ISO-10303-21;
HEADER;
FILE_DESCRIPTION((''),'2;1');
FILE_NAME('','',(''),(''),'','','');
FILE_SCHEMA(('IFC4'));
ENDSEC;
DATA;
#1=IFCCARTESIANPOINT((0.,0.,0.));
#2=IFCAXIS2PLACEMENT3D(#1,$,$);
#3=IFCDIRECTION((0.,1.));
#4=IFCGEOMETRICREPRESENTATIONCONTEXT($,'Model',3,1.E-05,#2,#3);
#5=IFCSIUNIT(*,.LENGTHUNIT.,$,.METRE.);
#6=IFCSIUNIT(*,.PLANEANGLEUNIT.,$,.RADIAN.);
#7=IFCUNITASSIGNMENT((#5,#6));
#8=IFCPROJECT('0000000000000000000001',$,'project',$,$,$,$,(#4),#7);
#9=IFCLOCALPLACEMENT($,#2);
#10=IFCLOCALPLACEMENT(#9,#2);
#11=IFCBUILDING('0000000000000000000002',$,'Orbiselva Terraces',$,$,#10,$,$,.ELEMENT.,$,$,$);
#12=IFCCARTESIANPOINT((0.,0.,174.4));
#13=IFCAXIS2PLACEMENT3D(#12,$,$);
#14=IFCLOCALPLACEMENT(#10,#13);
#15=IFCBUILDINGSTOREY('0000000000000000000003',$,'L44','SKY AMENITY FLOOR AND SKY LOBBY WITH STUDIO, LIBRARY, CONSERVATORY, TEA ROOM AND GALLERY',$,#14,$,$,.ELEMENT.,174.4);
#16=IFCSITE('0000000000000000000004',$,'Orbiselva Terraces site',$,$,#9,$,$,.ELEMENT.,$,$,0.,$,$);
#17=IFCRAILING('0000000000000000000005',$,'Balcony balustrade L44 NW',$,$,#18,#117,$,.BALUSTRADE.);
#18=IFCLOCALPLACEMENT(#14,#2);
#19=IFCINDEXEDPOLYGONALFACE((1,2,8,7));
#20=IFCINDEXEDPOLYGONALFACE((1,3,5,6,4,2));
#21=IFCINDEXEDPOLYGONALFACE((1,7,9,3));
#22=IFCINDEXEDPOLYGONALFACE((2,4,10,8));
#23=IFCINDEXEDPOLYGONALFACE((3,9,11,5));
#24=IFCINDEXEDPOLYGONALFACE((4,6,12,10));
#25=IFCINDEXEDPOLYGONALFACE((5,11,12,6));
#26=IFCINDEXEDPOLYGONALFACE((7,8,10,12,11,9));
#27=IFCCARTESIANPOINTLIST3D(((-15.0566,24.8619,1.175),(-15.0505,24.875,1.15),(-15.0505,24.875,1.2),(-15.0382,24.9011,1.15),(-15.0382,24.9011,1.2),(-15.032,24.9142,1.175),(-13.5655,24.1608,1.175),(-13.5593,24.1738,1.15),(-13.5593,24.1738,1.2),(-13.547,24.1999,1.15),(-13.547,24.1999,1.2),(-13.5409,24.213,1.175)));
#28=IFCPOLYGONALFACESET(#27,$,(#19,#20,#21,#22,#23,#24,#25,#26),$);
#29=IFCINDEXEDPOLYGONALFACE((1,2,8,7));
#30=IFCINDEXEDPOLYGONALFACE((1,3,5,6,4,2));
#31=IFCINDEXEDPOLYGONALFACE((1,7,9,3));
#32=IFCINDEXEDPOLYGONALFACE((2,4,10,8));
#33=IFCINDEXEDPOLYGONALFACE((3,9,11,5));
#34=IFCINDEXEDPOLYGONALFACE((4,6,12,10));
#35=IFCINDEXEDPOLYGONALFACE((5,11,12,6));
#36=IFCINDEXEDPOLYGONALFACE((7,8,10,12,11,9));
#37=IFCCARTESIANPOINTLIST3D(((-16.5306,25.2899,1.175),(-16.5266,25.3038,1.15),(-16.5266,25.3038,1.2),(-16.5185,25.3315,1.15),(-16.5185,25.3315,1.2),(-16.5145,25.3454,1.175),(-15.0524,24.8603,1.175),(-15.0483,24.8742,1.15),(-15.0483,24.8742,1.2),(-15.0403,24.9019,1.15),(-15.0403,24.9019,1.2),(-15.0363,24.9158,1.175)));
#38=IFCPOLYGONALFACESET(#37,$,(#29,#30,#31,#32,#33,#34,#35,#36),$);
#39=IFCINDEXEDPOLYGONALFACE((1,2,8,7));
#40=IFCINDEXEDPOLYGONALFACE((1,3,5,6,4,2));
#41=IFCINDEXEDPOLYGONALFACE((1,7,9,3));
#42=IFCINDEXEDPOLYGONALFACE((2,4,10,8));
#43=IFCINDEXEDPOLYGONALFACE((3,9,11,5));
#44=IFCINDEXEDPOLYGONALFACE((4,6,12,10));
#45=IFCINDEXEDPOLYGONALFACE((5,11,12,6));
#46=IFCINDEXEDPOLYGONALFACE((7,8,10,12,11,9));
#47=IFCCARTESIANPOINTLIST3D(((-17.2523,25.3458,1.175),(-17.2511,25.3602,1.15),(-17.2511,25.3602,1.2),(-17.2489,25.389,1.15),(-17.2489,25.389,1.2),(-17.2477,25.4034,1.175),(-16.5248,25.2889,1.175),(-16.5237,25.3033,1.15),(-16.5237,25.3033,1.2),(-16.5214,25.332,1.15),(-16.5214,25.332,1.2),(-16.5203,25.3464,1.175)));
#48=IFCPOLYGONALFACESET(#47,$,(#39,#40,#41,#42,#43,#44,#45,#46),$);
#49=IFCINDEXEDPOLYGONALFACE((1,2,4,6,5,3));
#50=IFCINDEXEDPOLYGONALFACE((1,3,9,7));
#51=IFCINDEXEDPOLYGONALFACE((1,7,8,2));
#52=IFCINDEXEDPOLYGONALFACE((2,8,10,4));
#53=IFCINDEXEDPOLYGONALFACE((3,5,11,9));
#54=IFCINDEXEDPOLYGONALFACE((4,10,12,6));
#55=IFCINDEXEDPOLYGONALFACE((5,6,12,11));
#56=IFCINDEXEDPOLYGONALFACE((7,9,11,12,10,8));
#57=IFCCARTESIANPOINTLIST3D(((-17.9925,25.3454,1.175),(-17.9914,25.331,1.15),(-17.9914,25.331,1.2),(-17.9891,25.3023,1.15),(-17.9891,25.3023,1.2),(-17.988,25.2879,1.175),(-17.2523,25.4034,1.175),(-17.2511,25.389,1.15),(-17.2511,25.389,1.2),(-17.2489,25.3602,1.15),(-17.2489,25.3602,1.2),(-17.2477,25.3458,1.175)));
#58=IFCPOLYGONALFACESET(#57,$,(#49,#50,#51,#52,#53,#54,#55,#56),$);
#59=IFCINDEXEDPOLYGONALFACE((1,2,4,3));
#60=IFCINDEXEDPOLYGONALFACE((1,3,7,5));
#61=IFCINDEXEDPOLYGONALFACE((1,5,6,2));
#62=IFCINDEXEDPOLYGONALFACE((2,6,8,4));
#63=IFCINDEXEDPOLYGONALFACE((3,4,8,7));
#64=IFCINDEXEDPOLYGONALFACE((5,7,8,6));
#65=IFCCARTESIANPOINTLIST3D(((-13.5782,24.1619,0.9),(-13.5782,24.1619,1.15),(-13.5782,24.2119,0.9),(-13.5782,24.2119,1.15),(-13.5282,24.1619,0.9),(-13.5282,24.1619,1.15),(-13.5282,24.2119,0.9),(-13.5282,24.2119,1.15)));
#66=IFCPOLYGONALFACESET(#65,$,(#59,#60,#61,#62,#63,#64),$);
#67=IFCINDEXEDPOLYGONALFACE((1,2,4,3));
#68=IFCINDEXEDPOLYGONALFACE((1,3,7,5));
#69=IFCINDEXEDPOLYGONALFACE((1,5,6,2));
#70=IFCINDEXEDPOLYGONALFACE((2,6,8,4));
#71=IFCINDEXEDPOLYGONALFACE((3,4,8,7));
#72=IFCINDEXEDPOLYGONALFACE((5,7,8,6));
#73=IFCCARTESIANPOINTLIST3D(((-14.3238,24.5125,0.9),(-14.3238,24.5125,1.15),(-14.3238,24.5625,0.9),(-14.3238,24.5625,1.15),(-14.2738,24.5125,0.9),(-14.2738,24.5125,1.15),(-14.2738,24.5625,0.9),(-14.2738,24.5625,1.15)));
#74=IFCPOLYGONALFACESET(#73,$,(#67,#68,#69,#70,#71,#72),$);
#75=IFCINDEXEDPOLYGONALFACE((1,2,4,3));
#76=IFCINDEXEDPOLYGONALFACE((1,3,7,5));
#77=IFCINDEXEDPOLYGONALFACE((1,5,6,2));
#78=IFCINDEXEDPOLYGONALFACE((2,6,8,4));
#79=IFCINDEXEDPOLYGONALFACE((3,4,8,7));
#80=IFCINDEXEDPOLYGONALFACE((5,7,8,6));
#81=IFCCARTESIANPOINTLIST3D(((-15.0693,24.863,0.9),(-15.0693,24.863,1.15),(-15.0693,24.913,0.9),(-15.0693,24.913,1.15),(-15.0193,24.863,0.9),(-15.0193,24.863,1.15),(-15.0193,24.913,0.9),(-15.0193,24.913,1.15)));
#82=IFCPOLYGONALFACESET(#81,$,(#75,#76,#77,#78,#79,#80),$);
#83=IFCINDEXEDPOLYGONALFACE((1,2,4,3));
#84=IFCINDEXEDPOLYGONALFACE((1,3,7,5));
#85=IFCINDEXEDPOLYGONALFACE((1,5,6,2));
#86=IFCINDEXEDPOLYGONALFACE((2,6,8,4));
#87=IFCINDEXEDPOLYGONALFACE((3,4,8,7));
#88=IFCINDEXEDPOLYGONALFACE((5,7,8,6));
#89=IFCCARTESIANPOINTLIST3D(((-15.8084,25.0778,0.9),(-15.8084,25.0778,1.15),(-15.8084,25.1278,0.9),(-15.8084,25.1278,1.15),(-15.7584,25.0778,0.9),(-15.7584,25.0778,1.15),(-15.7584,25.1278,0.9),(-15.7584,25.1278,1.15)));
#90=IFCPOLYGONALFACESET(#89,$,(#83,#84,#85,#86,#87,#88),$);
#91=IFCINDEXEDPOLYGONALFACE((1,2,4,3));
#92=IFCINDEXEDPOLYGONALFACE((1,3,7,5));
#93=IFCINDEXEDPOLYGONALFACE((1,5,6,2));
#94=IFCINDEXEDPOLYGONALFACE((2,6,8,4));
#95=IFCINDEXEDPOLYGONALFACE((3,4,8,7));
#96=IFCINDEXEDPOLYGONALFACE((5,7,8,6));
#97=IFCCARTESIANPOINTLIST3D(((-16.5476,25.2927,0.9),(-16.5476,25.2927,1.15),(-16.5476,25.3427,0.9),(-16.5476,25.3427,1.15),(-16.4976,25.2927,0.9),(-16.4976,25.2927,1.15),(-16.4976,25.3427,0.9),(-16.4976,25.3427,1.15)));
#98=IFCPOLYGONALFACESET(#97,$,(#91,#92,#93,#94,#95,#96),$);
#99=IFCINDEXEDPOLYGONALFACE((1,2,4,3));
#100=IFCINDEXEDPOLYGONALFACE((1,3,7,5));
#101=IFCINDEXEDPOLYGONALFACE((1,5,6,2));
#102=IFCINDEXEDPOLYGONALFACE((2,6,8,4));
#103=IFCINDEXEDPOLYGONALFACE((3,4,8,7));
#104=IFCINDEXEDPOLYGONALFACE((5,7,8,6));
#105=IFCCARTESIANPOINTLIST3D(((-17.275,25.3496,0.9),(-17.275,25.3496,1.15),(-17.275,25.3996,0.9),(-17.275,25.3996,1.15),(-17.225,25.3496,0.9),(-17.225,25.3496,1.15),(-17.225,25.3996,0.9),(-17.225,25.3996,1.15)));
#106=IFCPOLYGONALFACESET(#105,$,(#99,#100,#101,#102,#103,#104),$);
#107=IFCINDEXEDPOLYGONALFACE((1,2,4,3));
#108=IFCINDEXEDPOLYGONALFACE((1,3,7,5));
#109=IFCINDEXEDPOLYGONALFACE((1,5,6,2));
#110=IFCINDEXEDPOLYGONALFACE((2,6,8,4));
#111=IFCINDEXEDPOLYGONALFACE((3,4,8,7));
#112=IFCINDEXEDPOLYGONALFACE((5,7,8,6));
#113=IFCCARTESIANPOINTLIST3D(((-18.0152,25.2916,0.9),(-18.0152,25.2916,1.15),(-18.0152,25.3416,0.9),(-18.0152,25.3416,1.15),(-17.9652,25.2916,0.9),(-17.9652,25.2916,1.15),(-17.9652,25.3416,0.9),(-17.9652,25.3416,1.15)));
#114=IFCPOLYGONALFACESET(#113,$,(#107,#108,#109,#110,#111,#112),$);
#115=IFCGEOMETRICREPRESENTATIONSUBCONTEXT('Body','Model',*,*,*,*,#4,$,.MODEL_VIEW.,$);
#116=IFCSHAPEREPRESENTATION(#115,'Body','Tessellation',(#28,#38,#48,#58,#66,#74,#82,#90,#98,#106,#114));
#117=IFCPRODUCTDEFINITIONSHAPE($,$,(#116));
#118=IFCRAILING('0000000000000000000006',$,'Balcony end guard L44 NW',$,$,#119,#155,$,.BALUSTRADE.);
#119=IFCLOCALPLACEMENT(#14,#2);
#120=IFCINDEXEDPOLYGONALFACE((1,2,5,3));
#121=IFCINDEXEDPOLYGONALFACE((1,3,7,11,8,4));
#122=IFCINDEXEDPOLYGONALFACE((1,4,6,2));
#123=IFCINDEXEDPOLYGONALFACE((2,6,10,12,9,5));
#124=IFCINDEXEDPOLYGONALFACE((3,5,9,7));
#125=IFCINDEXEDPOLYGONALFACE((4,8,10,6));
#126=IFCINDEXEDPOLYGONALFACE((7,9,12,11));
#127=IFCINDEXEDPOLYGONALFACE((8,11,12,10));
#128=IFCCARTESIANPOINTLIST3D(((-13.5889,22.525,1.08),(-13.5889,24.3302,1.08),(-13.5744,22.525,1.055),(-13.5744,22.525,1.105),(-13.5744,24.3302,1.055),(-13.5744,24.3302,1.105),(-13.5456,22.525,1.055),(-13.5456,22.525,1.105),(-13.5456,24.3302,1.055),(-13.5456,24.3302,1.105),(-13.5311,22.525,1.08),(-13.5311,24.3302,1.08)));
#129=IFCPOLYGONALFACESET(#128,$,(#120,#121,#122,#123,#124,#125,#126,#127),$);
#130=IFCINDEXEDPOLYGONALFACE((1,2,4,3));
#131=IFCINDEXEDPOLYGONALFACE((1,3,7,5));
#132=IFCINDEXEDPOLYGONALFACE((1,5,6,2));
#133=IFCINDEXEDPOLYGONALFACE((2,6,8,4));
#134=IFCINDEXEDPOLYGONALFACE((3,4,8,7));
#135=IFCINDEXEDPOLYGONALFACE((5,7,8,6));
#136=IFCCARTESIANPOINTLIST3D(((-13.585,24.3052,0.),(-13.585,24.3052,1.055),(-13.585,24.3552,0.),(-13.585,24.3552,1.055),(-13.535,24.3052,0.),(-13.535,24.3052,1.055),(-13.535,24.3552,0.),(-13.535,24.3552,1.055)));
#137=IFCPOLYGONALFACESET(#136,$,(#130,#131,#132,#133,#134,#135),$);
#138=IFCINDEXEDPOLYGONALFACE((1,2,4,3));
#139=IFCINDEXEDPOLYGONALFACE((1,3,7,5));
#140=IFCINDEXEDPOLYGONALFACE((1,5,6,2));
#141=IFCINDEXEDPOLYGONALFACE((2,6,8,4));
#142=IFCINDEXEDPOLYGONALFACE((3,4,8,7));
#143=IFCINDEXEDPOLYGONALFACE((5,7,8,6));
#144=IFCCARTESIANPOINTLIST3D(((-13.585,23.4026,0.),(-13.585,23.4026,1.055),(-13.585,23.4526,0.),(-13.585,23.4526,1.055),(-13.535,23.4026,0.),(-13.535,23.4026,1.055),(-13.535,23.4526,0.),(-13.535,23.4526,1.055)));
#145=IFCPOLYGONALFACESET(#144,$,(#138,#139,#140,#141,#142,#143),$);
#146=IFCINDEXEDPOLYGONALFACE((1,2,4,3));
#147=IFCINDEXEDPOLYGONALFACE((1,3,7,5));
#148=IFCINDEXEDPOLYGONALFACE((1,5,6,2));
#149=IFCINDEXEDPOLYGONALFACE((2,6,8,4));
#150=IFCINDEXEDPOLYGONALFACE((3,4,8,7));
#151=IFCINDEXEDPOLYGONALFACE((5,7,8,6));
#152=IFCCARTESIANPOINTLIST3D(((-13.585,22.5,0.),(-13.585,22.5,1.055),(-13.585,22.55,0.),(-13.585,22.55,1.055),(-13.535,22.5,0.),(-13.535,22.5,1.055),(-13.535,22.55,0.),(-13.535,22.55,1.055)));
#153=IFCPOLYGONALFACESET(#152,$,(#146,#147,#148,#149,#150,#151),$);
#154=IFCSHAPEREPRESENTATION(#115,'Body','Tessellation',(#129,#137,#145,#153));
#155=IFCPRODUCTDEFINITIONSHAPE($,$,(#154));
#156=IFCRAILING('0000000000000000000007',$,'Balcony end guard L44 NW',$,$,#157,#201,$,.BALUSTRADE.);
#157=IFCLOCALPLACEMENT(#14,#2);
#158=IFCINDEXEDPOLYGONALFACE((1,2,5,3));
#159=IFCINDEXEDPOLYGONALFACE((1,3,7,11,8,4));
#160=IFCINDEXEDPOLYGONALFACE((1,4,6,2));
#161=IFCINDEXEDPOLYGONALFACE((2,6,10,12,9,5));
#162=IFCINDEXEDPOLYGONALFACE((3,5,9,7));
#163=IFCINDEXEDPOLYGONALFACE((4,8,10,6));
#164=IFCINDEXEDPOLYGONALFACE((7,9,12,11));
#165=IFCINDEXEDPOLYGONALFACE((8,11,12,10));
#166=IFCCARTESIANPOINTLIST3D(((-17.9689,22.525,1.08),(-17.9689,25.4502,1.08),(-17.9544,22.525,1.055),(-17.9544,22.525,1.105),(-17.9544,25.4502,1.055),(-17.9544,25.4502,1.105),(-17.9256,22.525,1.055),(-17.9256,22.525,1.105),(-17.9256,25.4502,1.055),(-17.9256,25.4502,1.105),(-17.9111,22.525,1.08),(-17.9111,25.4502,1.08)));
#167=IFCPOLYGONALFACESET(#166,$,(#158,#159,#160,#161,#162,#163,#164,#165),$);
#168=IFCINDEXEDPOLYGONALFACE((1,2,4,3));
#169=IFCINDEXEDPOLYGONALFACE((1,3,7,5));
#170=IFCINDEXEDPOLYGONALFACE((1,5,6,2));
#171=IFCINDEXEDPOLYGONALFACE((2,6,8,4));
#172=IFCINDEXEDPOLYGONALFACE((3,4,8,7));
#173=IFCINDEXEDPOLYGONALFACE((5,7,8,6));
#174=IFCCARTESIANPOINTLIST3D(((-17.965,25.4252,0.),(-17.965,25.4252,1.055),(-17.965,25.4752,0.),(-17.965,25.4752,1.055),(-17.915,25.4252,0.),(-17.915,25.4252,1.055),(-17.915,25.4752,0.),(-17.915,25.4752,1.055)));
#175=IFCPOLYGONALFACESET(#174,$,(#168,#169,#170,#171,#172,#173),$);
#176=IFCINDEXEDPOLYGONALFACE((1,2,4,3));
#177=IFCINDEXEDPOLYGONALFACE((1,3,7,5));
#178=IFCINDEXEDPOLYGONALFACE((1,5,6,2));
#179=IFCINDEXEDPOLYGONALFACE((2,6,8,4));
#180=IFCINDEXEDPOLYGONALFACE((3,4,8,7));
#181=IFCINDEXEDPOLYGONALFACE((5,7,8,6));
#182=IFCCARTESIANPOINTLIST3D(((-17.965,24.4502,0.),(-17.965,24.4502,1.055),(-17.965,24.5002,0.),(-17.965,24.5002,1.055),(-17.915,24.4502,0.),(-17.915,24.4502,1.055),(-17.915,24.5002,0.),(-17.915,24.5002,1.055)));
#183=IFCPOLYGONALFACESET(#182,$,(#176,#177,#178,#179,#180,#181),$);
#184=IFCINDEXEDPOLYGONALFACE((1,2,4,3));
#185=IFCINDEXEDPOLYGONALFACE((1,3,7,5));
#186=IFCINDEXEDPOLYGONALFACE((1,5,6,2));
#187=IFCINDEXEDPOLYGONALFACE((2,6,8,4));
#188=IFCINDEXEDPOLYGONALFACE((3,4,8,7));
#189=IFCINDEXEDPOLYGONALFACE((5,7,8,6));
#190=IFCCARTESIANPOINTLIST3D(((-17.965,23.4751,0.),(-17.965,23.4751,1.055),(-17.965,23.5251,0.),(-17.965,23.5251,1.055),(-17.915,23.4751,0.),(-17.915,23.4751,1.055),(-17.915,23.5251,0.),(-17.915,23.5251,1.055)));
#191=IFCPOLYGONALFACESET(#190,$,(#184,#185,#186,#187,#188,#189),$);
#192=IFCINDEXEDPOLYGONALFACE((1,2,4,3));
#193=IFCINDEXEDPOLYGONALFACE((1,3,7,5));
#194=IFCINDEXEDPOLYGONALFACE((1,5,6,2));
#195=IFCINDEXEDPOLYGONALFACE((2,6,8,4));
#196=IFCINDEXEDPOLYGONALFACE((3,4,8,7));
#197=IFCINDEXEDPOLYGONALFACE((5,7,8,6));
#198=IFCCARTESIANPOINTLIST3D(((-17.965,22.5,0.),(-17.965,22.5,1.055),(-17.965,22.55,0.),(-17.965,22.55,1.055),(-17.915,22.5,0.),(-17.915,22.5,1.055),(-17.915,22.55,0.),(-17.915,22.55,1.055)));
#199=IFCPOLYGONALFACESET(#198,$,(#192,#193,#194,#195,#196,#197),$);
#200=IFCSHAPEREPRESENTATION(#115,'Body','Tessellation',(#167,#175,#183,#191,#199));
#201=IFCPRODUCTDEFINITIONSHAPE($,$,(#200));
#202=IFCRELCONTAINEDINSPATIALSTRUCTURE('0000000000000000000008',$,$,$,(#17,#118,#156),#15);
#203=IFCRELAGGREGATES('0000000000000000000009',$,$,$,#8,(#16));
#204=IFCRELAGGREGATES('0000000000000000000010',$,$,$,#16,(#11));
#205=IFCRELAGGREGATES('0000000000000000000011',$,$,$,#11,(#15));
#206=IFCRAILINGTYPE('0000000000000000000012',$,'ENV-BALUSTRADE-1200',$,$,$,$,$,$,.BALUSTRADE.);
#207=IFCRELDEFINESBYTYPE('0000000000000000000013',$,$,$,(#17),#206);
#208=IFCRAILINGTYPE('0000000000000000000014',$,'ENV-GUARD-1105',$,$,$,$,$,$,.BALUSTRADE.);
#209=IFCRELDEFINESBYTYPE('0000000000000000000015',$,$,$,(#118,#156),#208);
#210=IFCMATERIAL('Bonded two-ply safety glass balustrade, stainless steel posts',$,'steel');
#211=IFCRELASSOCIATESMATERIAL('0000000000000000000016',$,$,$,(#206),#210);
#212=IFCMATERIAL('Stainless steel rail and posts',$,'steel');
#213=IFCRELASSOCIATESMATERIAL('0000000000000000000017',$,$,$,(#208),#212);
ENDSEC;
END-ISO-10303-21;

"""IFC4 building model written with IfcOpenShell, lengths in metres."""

from ifc_helpers import new_model, si_unit, direction, frame, origin, origin_2d, place, context, subcontext, project, spatial, polyline, rectangle, outline, extrude, material, type_object, element, save


model = new_model("IFC4")

# Units and contexts
model_context = context("Model", 3, precision=1e-05, world=origin(), true_north=direction((0.0, 1.0)))
body_context = subcontext(model_context, "Body", "Model", "MODEL_VIEW")
ifc_project = project(units=[si_unit("LENGTHUNIT", "METRE"), si_unit("PLANEANGLEUNIT", "RADIAN")], contexts=[model_context])

# Site, building, storey
site_placement = place(None, origin())
site = spatial("IfcSite", under=ifc_project, at=site_placement, Name="Orbiselva Terraces site", CompositionType="ELEMENT", RefElevation=0.0)
building_placement = place(site_placement, origin())
building = spatial("IfcBuilding", under=site, at=building_placement, Name="Orbiselva Terraces", CompositionType="ELEMENT")
storey_placement = place(building_placement, frame((0.0, 0.0, 174.4)))
storey = spatial("IfcBuildingStorey", under=building, at=storey_placement, Name="L44", Description="SKY AMENITY FLOOR AND SKY LOBBY WITH STUDIO, LIBRARY, CONSERVATORY, TEA ROOM AND GALLERY", CompositionType="ELEMENT", Elevation=174.4)

# Railings
ifc_material_1 = material(Name="Bonded two-ply safety glass balustrade, stainless steel posts", Category="steel")
railing_type_1 = type_object("IfcRailingType", Name="ENV-BALUSTRADE-1200", PredefinedType="BALUSTRADE", material=ifc_material_1)
railing_1_placement = place(storey_placement, frame((-13.5532, 24.1869, 0.9)))
element("IfcRailing", 1, at=railing_1_placement, inside=storey, type_object=railing_type_1, Name="Balcony balustrade L44 NW", PredefinedType="BALUSTRADE", context=body_context, shape_type="SweptSolid", body=[
    extrude(outline(polyline([(0.0289, 0.0), (0.0144, 0.025), (-0.0144, 0.025), (-0.0289, 0.0), (-0.0144, -0.025), (0.0144, -0.025), (0.0289, 0.0)])), frame((0.0, 0.0, 0.275), z_axis=(-0.904944, 0.42553, 0.0), x_axis=(-0.42553, -0.904944, 0.0)), (0.0, 0.0, 1.0), 1.6477),
    extrude(outline(polyline([(0.0289, 0.0), (0.0144, 0.025), (-0.0144, 0.025), (-0.0289, 0.0), (-0.0144, -0.025), (0.0144, -0.025), (0.0289, 0.0)])), frame((-1.4911, 0.7012, 0.275), z_axis=(-0.96027, 0.279072, 0.0), x_axis=(-0.279072, -0.96027, 0.0)), (0.0, 0.0, 1.0), 1.5394),
    extrude(outline(polyline([(0.0289, 0.0), (0.0144, 0.025), (-0.0144, 0.025), (-0.0289, 0.0), (-0.0144, -0.025), (0.0144, -0.025), (0.0289, 0.0)])), frame((-2.9694, 1.1308, 0.275), z_axis=(-0.996948, 0.07807, 0.0), x_axis=(-0.07807, -0.996948, 0.0)), (0.0, 0.0, 1.0), 0.7297),
    extrude(outline(polyline([(0.0289, 0.0), (0.0144, 0.025), (-0.0144, 0.025), (-0.0289, 0.0), (-0.0144, -0.025), (0.0144, -0.025), (0.0289, 0.0)])), frame((-3.6968, 1.1877, 0.275), z_axis=(-0.996948, -0.078069, 0.0), x_axis=(0.078069, -0.996948, 0.0)), (0.0, 0.0, 1.0), 0.7425),
    extrude(rectangle(XDim=0.05, YDim=0.05, at=origin_2d()), origin(), (0.0, 0.0, 1.0), 0.25),
    extrude(rectangle(XDim=0.05, YDim=0.05, at=origin_2d()), frame((-0.7456, 0.3506, 0.0)), (0.0, 0.0, 1.0), 0.25),
    extrude(rectangle(XDim=0.05, YDim=0.05, at=origin_2d()), frame((-1.4911, 0.7012, 0.0)), (0.0, 0.0, 1.0), 0.25),
    extrude(rectangle(XDim=0.05, YDim=0.05, at=origin_2d()), frame((-2.2302, 0.916, 0.0)), (0.0, 0.0, 1.0), 0.25),
    extrude(rectangle(XDim=0.05, YDim=0.05, at=origin_2d()), frame((-2.9694, 1.1308, 0.0)), (0.0, 0.0, 1.0), 0.25),
    extrude(rectangle(XDim=0.05, YDim=0.05, at=origin_2d()), frame((-3.6968, 1.1877, 0.0)), (0.0, 0.0, 1.0), 0.25),
    extrude(rectangle(XDim=0.05, YDim=0.05, at=origin_2d()), frame((-4.4371, 1.1298, 0.0)), (0.0, 0.0, 1.0), 0.25),
])
ifc_material_2 = material(Name="Stainless steel rail and posts", Category="steel")
railing_type_2 = type_object("IfcRailingType", Name="ENV-GUARD-1105", PredefinedType="BALUSTRADE", material=ifc_material_2)
railing_2_placement = place(storey_placement, frame((-13.56, 24.3302, 0.0)))
element("IfcRailing", 2, at=railing_2_placement, inside=storey, type_object=railing_type_2, Name="Balcony end guard L44 NW", PredefinedType="BALUSTRADE", context=body_context, shape_type="SweptSolid", body=[
    extrude(outline(polyline([(0.0289, 0.0), (0.0144, 0.025), (-0.0144, 0.025), (-0.0289, 0.0), (-0.0144, -0.025), (0.0144, -0.025), (0.0289, 0.0)])), frame((0.0, 0.0, 1.08), z_axis=(0.0, -1.0, 0.0), x_axis=(1.0, 0.0, 0.0)), (0.0, 0.0, 1.0), 1.8052),
    extrude(rectangle(XDim=0.05, YDim=0.05, at=origin_2d()), origin(), (0.0, 0.0, 1.0), 1.055),
    extrude(rectangle(XDim=0.05, YDim=0.05, at=origin_2d()), frame((0.0, -0.9026, 0.0)), (0.0, 0.0, 1.0), 1.055),
    extrude(rectangle(XDim=0.05, YDim=0.05, at=origin_2d()), frame((0.0, -1.8052, 0.0)), (0.0, 0.0, 1.0), 1.055),
])
railing_3_placement = place(storey_placement, frame((-17.94, 25.4502, 0.0)))
element("IfcRailing", 3, at=railing_3_placement, inside=storey, type_object=railing_type_2, Name="Balcony end guard L44 NW", PredefinedType="BALUSTRADE", context=body_context, shape_type="SweptSolid", body=[
    extrude(outline(polyline([(0.0289, 0.0), (0.0144, 0.025), (-0.0144, 0.025), (-0.0289, 0.0), (-0.0144, -0.025), (0.0144, -0.025), (0.0289, 0.0)])), frame((0.0, 0.0, 1.08), z_axis=(0.0, -1.0, 0.0), x_axis=(1.0, 0.0, 0.0)), (0.0, 0.0, 1.0), 2.9252),
    extrude(rectangle(XDim=0.05, YDim=0.05, at=origin_2d()), origin(), (0.0, 0.0, 1.0), 1.055),
    extrude(rectangle(XDim=0.05, YDim=0.05, at=origin_2d()), frame((0.0, -0.9751, 0.0)), (0.0, 0.0, 1.0), 1.055),
    extrude(rectangle(XDim=0.05, YDim=0.05, at=origin_2d()), frame((0.0, -1.9502, 0.0)), (0.0, 0.0, 1.0), 1.055),
    extrude(rectangle(XDim=0.05, YDim=0.05, at=origin_2d()), frame((0.0, -2.9252, 0.0)), (0.0, 0.0, 1.0), 1.055),
])

save(model, "model.ifc")
